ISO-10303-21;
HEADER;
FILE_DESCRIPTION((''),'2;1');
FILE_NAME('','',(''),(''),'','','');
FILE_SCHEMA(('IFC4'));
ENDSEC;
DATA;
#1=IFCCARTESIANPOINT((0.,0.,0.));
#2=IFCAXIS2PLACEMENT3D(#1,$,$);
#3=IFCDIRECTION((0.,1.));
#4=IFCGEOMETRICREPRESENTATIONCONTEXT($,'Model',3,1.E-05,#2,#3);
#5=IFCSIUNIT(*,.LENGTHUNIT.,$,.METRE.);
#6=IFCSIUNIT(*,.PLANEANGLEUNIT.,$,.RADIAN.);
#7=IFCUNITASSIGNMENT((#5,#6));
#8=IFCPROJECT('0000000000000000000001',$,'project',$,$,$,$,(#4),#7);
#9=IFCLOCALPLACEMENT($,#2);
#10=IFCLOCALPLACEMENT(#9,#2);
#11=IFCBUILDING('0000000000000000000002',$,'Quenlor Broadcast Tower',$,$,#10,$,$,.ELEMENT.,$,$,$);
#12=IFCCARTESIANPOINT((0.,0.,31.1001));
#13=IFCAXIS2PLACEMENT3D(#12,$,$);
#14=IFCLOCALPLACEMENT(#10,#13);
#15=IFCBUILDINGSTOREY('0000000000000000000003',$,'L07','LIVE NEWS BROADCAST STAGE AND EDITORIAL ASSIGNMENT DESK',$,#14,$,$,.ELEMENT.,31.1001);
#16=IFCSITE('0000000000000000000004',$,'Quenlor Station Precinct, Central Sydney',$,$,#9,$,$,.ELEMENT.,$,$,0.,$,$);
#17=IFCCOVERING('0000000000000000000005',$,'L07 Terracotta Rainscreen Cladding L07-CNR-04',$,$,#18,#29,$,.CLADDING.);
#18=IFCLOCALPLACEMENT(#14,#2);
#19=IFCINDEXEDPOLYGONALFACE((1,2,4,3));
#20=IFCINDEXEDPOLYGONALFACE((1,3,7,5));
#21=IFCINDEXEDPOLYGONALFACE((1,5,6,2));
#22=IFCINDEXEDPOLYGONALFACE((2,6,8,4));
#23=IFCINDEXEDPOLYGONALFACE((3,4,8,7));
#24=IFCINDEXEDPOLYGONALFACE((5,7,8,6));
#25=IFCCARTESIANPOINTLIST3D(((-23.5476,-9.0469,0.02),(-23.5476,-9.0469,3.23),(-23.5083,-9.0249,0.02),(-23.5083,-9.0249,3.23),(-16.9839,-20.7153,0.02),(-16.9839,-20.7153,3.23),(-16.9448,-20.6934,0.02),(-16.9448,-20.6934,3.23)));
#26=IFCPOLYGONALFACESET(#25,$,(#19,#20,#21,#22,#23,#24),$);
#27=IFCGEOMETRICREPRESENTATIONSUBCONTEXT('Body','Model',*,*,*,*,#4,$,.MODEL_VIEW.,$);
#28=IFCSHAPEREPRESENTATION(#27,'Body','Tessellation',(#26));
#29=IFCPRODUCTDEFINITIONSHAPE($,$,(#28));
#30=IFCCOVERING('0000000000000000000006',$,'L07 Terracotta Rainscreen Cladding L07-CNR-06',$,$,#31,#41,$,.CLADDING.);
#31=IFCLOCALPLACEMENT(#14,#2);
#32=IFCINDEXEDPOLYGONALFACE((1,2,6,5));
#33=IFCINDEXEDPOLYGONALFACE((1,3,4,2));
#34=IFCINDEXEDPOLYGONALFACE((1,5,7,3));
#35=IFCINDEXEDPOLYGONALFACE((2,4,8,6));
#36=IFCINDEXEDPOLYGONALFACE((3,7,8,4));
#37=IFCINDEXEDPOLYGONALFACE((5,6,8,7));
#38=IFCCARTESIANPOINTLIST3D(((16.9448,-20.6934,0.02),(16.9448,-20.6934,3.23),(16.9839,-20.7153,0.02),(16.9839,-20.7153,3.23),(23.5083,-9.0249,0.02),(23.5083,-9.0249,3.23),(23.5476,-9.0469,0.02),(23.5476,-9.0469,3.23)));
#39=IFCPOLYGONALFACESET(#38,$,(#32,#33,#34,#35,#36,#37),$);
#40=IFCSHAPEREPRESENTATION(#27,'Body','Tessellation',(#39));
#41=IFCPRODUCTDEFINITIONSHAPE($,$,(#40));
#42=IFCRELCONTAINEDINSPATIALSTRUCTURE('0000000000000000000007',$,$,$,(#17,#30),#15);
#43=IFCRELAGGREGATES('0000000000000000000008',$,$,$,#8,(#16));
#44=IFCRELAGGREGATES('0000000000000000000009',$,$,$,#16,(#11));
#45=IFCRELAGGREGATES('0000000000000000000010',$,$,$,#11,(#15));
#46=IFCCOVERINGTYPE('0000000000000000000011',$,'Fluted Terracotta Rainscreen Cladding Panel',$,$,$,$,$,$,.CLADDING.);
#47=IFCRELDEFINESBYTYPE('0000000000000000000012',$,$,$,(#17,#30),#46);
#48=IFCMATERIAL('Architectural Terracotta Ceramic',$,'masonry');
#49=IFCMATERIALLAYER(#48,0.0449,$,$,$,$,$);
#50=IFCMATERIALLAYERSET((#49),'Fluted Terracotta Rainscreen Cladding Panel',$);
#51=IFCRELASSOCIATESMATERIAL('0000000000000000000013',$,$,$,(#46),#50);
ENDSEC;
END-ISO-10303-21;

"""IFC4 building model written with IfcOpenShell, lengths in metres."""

from ifc_helpers import new_model, si_unit, direction, frame, origin, place, context, subcontext, project, spatial, polyline, outline, extrude, material, layer, layer_set, type_object, element, save


model = new_model("IFC4")

# Units and contexts
model_context = context("Model", 3, precision=1e-05, world=origin(), true_north=direction((0.0, 1.0)))
body_context = subcontext(model_context, "Body", "Model", "MODEL_VIEW")
ifc_project = project(units=[si_unit("LENGTHUNIT", "METRE"), si_unit("PLANEANGLEUNIT", "RADIAN")], contexts=[model_context])

# Site, building, storey
site_placement = place(None, origin())
site = spatial("IfcSite", under=ifc_project, at=site_placement, Name="Quenlor Station Precinct, Central Sydney", CompositionType="ELEMENT", RefElevation=0.0)
building_placement = place(site_placement, origin())
building = spatial("IfcBuilding", under=site, at=building_placement, Name="Quenlor Broadcast Tower", CompositionType="ELEMENT")
storey_placement = place(building_placement, frame((0.0, 0.0, 31.1001)))
storey = spatial("IfcBuildingStorey", under=building, at=storey_placement, Name="L07", Description="LIVE NEWS BROADCAST STAGE AND EDITORIAL ASSIGNMENT DESK", CompositionType="ELEMENT", Elevation=31.1001)

# Coverings
ifc_material_1 = material(Name="Architectural Terracotta Ceramic", Category="masonry")
ifc_layer_1 = layer(ifc_material_1, 0.0449)
ifc_layer_set_1 = layer_set([ifc_layer_1], Name="Fluted Terracotta Rainscreen Cladding Panel")
covering_type_1 = type_object("IfcCoveringType", Name="Fluted Terracotta Rainscreen Cladding Panel", PredefinedType="CLADDING", material=ifc_layer_set_1)
covering_1_placement = place(storey_placement, frame((0.0, 0.0, 0.02)))
element("IfcCovering", 1, at=covering_1_placement, inside=storey, type_object=covering_type_1, Name="L07 Terracotta Rainscreen Cladding L07-CNR-04", PredefinedType="CLADDING", context=body_context, shape_type="SweptSolid", body=[
    extrude(outline(polyline([(-23.5476, -9.0469), (-16.9839, -20.7153), (-16.9448, -20.6934), (-23.5083, -9.0249), (-23.5476, -9.0469)])), origin(), (0.0, 0.0, 1.0), 3.21),
])
covering_2_placement = place(storey_placement, frame((0.0, 0.0, 0.02)))
element("IfcCovering", 2, at=covering_2_placement, inside=storey, type_object=covering_type_1, Name="L07 Terracotta Rainscreen Cladding L07-CNR-06", PredefinedType="CLADDING", context=body_context, shape_type="SweptSolid", body=[
    extrude(outline(polyline([(16.9839, -20.7153), (23.5476, -9.0469), (23.5083, -9.0249), (16.9448, -20.6934), (16.9839, -20.7153)])), origin(), (0.0, 0.0, 1.0), 3.21),
])

save(model, "model.ifc")
